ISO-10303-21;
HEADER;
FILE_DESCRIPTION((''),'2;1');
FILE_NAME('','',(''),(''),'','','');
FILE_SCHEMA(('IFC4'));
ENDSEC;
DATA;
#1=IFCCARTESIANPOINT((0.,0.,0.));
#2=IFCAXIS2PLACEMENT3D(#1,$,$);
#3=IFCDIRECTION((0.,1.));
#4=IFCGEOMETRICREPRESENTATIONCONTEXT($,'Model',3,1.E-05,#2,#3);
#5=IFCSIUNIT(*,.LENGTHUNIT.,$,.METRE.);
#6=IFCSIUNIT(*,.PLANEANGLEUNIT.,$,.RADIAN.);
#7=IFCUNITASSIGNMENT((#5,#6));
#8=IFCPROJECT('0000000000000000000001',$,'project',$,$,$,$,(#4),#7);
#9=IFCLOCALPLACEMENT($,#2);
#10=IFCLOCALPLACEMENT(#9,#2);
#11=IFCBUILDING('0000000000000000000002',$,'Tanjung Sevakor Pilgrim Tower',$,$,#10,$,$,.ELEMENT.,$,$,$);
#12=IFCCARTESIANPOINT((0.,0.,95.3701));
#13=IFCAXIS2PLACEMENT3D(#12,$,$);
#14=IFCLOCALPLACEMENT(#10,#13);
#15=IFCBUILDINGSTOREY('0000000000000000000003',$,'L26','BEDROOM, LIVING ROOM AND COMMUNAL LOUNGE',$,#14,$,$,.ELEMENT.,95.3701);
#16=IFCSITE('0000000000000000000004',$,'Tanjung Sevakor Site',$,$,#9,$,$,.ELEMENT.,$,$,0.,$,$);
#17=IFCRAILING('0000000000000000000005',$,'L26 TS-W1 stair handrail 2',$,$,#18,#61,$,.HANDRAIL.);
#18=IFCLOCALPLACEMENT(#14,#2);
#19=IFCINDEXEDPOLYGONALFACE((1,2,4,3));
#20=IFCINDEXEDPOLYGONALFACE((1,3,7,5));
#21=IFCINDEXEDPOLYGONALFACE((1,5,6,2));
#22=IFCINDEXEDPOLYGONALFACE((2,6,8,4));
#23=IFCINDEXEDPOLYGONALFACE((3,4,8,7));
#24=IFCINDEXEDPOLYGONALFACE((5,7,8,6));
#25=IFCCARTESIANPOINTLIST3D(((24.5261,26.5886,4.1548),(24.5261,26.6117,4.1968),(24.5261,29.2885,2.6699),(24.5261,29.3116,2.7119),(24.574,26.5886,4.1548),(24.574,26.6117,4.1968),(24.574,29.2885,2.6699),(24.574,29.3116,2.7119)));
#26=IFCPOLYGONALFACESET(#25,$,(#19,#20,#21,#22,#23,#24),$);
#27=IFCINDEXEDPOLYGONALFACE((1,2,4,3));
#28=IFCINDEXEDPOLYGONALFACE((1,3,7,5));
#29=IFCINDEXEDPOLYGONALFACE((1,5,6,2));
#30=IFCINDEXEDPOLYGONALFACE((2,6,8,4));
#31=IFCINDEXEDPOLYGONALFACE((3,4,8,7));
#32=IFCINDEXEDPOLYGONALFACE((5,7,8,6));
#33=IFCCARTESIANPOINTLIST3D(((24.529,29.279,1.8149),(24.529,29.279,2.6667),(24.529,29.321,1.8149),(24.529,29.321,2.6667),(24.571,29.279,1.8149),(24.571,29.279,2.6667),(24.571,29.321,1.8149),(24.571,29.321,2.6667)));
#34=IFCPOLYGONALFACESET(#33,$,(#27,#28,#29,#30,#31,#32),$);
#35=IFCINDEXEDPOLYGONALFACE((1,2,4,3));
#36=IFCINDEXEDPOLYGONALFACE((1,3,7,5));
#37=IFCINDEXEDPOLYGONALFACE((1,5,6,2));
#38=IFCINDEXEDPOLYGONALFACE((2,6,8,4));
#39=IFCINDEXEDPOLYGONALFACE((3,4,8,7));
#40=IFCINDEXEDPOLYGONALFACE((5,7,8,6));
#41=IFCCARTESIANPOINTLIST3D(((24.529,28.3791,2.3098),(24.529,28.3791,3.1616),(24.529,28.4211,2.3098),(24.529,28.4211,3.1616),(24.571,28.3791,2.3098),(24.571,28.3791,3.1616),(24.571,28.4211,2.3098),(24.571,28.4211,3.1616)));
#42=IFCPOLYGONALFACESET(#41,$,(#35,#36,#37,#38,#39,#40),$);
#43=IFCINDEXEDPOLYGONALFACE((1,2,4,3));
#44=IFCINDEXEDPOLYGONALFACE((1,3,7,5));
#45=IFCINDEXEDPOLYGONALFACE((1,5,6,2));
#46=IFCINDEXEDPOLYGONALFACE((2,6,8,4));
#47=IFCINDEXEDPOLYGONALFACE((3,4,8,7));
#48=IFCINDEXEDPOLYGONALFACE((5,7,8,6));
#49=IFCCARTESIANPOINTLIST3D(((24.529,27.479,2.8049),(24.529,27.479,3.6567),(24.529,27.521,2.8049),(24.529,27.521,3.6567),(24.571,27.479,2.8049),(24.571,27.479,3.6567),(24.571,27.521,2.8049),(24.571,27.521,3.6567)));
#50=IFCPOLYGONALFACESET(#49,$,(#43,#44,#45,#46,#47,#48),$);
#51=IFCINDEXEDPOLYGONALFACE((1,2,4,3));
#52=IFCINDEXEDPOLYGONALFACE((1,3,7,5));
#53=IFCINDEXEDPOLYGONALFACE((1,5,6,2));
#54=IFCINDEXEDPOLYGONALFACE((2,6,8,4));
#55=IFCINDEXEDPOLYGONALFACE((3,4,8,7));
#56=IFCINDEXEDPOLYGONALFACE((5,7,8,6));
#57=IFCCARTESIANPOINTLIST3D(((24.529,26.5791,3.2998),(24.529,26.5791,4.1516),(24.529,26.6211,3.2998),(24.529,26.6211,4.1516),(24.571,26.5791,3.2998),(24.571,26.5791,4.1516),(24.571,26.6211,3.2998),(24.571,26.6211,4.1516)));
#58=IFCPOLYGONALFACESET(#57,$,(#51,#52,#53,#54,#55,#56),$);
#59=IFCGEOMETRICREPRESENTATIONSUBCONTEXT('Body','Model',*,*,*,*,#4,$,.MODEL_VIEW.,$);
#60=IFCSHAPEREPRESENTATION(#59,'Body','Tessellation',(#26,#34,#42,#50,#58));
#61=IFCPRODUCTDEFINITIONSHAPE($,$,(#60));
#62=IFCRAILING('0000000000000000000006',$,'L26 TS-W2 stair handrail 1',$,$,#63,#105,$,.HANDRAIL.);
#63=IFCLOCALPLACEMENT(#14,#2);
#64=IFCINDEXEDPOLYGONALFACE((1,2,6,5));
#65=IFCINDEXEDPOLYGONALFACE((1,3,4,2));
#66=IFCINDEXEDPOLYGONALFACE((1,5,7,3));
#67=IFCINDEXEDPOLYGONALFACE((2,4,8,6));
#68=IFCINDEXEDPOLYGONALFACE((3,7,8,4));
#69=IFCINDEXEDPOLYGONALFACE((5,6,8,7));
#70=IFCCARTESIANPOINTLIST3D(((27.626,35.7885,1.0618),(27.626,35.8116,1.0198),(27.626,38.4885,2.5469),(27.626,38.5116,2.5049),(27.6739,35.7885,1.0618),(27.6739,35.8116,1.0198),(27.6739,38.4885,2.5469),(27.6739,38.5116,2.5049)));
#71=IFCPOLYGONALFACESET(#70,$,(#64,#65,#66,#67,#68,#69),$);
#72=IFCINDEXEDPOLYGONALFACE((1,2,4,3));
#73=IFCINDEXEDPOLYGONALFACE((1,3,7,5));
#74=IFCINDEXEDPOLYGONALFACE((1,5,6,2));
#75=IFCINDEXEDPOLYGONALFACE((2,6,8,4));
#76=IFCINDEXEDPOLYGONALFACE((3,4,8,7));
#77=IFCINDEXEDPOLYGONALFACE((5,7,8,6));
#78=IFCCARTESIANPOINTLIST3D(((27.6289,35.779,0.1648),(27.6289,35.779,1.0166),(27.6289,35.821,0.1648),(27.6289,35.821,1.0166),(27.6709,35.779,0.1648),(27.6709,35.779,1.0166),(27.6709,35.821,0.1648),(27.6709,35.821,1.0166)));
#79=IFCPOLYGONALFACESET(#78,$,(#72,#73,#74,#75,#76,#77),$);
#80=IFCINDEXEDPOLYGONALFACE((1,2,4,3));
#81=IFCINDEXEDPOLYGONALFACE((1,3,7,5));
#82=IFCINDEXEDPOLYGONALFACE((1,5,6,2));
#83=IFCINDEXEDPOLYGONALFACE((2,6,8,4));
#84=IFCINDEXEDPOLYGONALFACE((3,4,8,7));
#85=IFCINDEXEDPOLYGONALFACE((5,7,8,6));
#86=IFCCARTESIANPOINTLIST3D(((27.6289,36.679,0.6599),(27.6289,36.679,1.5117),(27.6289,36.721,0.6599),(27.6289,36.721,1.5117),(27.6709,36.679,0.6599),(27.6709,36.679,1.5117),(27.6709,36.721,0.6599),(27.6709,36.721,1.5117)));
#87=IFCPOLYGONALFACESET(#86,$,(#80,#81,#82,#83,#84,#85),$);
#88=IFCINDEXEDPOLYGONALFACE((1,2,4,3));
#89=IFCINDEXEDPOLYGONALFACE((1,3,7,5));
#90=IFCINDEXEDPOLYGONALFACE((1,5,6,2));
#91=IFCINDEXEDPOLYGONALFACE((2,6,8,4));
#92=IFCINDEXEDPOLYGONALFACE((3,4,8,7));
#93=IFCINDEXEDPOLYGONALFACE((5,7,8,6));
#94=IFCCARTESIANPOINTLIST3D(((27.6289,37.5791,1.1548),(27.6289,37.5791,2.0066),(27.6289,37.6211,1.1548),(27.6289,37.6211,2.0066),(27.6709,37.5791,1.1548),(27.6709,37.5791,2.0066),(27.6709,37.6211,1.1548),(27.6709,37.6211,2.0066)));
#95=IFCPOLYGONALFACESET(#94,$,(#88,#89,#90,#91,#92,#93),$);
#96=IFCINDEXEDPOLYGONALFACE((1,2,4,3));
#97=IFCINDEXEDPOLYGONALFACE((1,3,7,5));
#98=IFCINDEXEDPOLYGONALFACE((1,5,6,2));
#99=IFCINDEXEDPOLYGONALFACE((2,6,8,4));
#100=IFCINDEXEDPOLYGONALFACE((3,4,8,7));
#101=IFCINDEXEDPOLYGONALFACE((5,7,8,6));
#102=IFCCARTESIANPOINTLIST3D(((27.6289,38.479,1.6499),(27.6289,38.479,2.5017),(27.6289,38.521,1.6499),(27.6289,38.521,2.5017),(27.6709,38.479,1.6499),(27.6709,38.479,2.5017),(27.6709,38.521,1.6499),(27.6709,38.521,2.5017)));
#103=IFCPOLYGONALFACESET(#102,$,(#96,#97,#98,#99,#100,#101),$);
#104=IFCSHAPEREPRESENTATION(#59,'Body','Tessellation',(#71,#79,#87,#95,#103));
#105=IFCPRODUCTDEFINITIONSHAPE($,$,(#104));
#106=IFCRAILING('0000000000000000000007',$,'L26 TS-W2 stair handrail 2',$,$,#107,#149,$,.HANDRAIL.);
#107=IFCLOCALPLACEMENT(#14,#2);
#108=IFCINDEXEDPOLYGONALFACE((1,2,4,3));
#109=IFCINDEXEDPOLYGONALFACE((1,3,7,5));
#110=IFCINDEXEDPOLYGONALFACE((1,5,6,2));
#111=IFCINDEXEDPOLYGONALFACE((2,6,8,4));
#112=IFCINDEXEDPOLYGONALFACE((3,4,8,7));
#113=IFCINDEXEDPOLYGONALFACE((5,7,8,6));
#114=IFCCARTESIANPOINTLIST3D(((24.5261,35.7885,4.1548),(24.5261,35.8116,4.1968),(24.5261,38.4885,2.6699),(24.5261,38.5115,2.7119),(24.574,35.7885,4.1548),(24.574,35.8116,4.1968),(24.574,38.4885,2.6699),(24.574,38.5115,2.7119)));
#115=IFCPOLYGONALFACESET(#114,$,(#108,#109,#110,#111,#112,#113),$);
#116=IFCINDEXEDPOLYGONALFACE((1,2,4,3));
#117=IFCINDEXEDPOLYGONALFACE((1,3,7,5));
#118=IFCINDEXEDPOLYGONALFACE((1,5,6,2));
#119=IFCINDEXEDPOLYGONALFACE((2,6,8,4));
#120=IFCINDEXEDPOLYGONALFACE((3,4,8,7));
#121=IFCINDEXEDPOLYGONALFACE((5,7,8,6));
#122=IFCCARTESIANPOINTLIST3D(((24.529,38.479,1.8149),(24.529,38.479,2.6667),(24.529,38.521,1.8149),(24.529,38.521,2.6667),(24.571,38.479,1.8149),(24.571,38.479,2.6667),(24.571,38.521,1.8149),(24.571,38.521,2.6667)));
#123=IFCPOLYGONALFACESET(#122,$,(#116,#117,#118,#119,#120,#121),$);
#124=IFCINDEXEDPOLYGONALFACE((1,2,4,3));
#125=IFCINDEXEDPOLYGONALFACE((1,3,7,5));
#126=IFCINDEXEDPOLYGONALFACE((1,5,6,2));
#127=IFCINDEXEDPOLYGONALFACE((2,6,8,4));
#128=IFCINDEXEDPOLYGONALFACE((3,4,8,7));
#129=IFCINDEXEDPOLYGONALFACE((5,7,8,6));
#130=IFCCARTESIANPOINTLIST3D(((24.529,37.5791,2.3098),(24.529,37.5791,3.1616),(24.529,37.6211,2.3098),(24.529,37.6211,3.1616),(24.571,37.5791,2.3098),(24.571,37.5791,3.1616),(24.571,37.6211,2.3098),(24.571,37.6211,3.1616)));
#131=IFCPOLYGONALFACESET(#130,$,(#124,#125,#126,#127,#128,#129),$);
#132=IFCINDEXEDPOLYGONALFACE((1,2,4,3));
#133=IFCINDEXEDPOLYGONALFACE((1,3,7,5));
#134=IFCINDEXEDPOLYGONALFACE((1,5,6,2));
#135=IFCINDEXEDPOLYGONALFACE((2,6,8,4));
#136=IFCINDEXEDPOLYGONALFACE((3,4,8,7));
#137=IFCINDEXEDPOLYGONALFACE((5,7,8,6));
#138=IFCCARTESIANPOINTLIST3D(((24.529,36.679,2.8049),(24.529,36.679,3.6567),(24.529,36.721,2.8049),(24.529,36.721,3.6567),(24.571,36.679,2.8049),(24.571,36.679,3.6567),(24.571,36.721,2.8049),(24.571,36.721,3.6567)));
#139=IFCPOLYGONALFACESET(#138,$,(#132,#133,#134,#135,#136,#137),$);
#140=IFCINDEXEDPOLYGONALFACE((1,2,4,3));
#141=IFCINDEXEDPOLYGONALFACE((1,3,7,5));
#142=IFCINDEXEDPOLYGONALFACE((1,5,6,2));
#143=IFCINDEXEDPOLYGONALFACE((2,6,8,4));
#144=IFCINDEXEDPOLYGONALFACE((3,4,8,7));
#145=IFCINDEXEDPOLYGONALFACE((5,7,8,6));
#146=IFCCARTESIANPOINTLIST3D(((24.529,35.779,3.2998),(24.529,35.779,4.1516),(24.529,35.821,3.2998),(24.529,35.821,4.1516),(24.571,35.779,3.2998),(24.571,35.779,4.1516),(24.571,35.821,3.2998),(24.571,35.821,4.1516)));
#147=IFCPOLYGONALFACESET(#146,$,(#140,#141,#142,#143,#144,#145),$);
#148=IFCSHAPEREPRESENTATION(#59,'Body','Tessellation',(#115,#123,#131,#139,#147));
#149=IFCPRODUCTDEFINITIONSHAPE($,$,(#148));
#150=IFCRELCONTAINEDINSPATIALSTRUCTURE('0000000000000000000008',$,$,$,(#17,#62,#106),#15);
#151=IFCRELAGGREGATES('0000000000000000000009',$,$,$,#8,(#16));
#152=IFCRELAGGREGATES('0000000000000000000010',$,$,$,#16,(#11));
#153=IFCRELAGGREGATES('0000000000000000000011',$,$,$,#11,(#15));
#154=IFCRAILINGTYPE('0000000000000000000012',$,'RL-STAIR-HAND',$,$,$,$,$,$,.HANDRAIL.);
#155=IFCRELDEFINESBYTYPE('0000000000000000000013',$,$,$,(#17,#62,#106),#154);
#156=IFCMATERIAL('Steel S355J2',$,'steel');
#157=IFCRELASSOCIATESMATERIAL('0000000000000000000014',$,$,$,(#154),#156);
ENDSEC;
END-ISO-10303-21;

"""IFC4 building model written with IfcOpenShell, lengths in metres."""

from ifc_helpers import new_model, si_unit, direction, frame, origin, place, context, subcontext, project, spatial, rectangle, extrude, material, type_object, element, save


model = new_model("IFC4")

# Units and contexts
model_context = context("Model", 3, precision=1e-05, world=origin(), true_north=direction((0.0, 1.0)))
body_context = subcontext(model_context, "Body", "Model", "MODEL_VIEW")
ifc_project = project(units=[si_unit("LENGTHUNIT", "METRE"), si_unit("PLANEANGLEUNIT", "RADIAN")], contexts=[model_context])

# Site, building, storey
site_placement = place(None, origin())
site = spatial("IfcSite", under=ifc_project, at=site_placement, Name="Tanjung Sevakor Site", CompositionType="ELEMENT", RefElevation=0.0)
building_placement = place(site_placement, origin())
building = spatial("IfcBuilding", under=site, at=building_placement, Name="Tanjung Sevakor Pilgrim Tower", CompositionType="ELEMENT")
storey_placement = place(building_placement, frame((0.0, 0.0, 95.3701)))
storey = spatial("IfcBuildingStorey", under=building, at=storey_placement, Name="L26", Description="BEDROOM, LIVING ROOM AND COMMUNAL LOUNGE", CompositionType="ELEMENT", Elevation=95.3701)

# Railings
ifc_material_1 = material(Name="Steel S355J2", Category="steel")
railing_type_1 = type_object("IfcRailingType", Name="RL-STAIR-HAND", PredefinedType="HANDRAIL", material=ifc_material_1)
railing_1_placement = place(storey_placement, frame((24.55, 29.3, 1.8149)))
element("IfcRailing", 1, at=railing_1_placement, inside=storey, type_object=railing_type_1, Name="L26 TS-W1 stair handrail 2", PredefinedType="HANDRAIL", context=body_context, shape_type="SweptSolid", body=[
    extrude(rectangle(XDim=0.0479, YDim=0.0479), frame((0.0, 0.0, 0.876), z_axis=(0.0, -0.876231, 0.481891), x_axis=(1.0, 0.0, 0.0)), (0.0, 0.0, 1.0), 3.0813),
    extrude(rectangle(XDim=0.042, YDim=0.042), origin(), (0.0, 0.0, 1.0), 0.8518),
    extrude(rectangle(XDim=0.042, YDim=0.042), frame((0.0, -0.8999, 0.4949)), (0.0, 0.0, 1.0), 0.8518),
    extrude(rectangle(XDim=0.042, YDim=0.042), frame((0.0, -1.8, 0.99)), (0.0, 0.0, 1.0), 0.8518),
    extrude(rectangle(XDim=0.042, YDim=0.042), frame((0.0, -2.7, 1.4849)), (0.0, 0.0, 1.0), 0.8518),
])
railing_2_placement = place(storey_placement, frame((27.6499, 35.8, 0.1648)))
element("IfcRailing", 2, at=railing_2_placement, inside=storey, type_object=railing_type_1, Name="L26 TS-W2 stair handrail 1", PredefinedType="HANDRAIL", context=body_context, shape_type="SweptSolid", body=[
    extrude(rectangle(XDim=0.0479, YDim=0.0479), frame((0.0, 0.0, 0.876), z_axis=(0.0, 0.876198, 0.481952), x_axis=(-1.0, 0.0, 0.0)), (0.0, 0.0, 1.0), 3.0815),
    extrude(rectangle(XDim=0.042, YDim=0.042), origin(), (0.0, 0.0, 1.0), 0.8518),
    extrude(rectangle(XDim=0.042, YDim=0.042), frame((0.0, 0.8999, 0.4951)), (0.0, 0.0, 1.0), 0.8518),
    extrude(rectangle(XDim=0.042, YDim=0.042), frame((0.0, 1.8, 0.99)), (0.0, 0.0, 1.0), 0.8518),
    extrude(rectangle(XDim=0.042, YDim=0.042), frame((0.0, 2.7, 1.4851)), (0.0, 0.0, 1.0), 0.8518),
])
railing_3_placement = place(storey_placement, frame((24.55, 38.5, 1.8149)))
element("IfcRailing", 3, at=railing_3_placement, inside=storey, type_object=railing_type_1, Name="L26 TS-W2 stair handrail 2", PredefinedType="HANDRAIL", context=body_context, shape_type="SweptSolid", body=[
    extrude(rectangle(XDim=0.0479, YDim=0.0479), frame((0.0, 0.0, 0.876), z_axis=(0.0, -0.876231, 0.481891), x_axis=(1.0, 0.0, 0.0)), (0.0, 0.0, 1.0), 3.0813),
    extrude(rectangle(XDim=0.042, YDim=0.042), origin(), (0.0, 0.0, 1.0), 0.8518),
    extrude(rectangle(XDim=0.042, YDim=0.042), frame((0.0, -0.8999, 0.4949)), (0.0, 0.0, 1.0), 0.8518),
    extrude(rectangle(XDim=0.042, YDim=0.042), frame((0.0, -1.8, 0.99)), (0.0, 0.0, 1.0), 0.8518),
    extrude(rectangle(XDim=0.042, YDim=0.042), frame((0.0, -2.7, 1.4849)), (0.0, 0.0, 1.0), 0.8518),
])

save(model, "model.ifc")
